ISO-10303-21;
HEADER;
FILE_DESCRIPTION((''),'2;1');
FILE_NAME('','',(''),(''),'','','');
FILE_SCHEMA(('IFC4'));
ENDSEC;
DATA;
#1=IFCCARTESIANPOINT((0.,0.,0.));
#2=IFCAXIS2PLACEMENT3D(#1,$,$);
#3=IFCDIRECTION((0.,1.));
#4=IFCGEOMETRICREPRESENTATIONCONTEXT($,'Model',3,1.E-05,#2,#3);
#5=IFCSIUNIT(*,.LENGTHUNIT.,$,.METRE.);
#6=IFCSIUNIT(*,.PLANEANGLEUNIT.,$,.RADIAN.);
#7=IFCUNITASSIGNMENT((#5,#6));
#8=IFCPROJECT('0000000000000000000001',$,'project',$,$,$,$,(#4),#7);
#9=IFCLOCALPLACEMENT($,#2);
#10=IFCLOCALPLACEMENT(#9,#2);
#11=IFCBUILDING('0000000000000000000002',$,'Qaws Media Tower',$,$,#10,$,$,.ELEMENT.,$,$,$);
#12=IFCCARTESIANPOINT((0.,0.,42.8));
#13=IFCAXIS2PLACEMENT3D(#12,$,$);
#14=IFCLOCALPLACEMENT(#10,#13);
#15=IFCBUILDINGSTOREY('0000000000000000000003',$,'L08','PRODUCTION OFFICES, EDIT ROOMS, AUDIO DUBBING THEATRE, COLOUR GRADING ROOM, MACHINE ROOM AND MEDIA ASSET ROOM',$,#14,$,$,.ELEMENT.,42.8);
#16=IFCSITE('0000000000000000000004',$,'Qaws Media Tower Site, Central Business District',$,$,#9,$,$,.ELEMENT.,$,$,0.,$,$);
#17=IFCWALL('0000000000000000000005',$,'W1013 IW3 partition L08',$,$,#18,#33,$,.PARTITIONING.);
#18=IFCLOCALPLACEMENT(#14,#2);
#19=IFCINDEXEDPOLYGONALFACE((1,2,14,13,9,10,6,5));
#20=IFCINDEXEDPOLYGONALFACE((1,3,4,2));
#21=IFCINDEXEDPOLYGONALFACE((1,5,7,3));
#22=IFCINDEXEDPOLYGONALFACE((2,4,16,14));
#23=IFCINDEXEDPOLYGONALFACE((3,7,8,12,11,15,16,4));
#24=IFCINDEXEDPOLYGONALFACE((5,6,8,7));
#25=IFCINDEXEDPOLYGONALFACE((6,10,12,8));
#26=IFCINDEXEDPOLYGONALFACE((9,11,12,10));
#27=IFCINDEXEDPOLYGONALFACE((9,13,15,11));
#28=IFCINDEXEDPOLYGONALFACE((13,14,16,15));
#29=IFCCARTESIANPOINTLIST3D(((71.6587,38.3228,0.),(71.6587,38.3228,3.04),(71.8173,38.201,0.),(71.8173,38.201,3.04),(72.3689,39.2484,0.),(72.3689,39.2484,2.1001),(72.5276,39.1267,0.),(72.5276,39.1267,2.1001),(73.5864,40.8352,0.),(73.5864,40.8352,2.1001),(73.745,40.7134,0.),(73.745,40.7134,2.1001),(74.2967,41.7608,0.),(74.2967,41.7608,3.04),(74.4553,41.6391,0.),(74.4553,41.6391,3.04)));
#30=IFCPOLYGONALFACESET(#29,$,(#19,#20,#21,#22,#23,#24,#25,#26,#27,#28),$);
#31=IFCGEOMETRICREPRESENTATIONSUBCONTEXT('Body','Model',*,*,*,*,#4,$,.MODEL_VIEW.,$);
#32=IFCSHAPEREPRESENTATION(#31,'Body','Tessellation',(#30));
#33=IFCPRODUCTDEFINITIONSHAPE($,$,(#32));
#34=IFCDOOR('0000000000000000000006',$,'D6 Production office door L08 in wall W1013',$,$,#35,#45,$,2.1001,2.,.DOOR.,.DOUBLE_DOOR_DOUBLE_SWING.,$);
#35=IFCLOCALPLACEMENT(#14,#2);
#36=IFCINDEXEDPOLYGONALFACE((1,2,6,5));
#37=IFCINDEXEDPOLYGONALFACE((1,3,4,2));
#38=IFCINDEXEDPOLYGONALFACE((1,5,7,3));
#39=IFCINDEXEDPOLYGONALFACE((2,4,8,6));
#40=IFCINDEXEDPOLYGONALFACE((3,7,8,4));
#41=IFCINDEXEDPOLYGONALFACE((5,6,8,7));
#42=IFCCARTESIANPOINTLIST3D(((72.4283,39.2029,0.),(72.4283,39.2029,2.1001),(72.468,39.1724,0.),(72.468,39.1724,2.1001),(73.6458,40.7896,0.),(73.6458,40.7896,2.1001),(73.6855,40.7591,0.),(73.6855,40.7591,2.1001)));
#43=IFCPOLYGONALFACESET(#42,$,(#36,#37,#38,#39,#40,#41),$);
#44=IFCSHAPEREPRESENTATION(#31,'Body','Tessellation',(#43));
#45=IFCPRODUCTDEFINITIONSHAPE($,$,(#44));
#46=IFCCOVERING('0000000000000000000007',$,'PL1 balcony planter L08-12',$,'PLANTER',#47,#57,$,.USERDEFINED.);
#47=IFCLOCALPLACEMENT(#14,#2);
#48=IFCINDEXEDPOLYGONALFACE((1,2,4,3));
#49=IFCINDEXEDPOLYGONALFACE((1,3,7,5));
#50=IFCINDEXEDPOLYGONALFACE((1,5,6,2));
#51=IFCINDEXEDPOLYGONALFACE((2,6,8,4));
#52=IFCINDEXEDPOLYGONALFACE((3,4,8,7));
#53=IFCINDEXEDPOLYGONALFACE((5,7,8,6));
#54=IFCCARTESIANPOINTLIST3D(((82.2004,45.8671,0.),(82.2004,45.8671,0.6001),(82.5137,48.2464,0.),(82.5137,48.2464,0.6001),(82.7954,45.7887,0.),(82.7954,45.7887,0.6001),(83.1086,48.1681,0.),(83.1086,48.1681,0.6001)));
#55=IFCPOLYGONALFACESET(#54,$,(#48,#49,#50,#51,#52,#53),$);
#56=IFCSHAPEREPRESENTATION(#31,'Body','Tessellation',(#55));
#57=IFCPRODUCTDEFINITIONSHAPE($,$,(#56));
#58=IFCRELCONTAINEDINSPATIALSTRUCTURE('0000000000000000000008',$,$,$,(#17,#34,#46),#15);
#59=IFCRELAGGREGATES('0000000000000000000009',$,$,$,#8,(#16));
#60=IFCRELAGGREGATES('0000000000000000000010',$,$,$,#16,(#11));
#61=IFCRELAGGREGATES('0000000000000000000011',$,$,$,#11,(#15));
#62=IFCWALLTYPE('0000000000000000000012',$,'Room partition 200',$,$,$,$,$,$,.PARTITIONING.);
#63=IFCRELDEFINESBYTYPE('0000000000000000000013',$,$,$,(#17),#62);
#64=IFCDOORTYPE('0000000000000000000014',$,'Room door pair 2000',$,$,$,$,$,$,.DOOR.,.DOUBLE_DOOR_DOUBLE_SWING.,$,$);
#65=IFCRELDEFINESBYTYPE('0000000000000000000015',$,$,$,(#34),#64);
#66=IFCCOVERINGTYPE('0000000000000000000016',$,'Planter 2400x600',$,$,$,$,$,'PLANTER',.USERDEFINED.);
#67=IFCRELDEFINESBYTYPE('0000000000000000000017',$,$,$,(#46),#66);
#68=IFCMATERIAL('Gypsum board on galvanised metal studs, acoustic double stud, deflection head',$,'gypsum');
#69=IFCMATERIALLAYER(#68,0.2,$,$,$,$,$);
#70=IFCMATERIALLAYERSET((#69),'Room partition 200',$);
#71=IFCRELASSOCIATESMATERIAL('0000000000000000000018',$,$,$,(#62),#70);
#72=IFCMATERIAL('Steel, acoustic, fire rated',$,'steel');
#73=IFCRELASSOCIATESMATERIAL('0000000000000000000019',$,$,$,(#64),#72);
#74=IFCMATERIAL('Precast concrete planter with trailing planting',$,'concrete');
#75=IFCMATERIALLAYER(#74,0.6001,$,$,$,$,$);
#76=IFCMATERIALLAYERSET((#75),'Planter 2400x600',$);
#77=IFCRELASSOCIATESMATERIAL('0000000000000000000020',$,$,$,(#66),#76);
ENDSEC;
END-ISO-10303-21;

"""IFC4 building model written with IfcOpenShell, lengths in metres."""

from ifc_helpers import new_model, si_unit, direction, frame, frame_2d, origin, origin_2d, place, context, subcontext, project, spatial, rectangle, extrude, material, layer, layer_set, type_object, element, fill, save


model = new_model("IFC4")

# Units and contexts
model_context = context("Model", 3, precision=1e-05, world=origin(), true_north=direction((0.0, 1.0)))
body_context = subcontext(model_context, "Body", "Model", "MODEL_VIEW")
ifc_project = project(units=[si_unit("LENGTHUNIT", "METRE"), si_unit("PLANEANGLEUNIT", "RADIAN")], contexts=[model_context])

# Site, building, storey
site_placement = place(None, origin())
site = spatial("IfcSite", under=ifc_project, at=site_placement, Name="Qaws Media Tower Site, Central Business District", CompositionType="ELEMENT", RefElevation=0.0)
building_placement = place(site_placement, origin())
building = spatial("IfcBuilding", under=site, at=building_placement, Name="Qaws Media Tower", CompositionType="ELEMENT")
storey_placement = place(building_placement, frame((0.0, 0.0, 42.8)))
storey = spatial("IfcBuildingStorey", under=building, at=storey_placement, Name="L08", Description="PRODUCTION OFFICES, EDIT ROOMS, AUDIO DUBBING THEATRE, COLOUR GRADING ROOM, MACHINE ROOM AND MEDIA ASSET ROOM", CompositionType="ELEMENT", Elevation=42.8)

# Shared definitions
ifc_material_1 = material(Name="Gypsum board on galvanised metal studs, acoustic double stud, deflection head", Category="gypsum")
ifc_layer_1 = layer(ifc_material_1, 0.2)
ifc_layer_set_1 = layer_set([ifc_layer_1], Name="Room partition 200")
wall_type_1 = type_object("IfcWallType", Name="Room partition 200", PredefinedType="PARTITIONING", material=ifc_layer_set_1)

# Wall, opening, door
wall_1_placement = place(storey_placement, frame((74.376, 41.7, 0.0), z_axis=(0.0, 0.0, 1.0), x_axis=(-0.608744, -0.793367, 0.0)))
wall_1 = element("IfcWall", 1, at=wall_1_placement, inside=storey, type_object=wall_type_1, Name="W1013 IW3 partition L08", PredefinedType="PARTITIONING", context=body_context, shape_type="SweptSolid", body=[
    extrude(rectangle(XDim=4.3335, YDim=0.2, at=frame_2d((2.1667, 0.0))), origin(), (0.0, 0.0, 1.0), 3.04),
])
opening_placement = place(wall_1_placement, frame((1.1667, 0.0, 0.0)))
opening = element("IfcOpeningElement", 2, at=opening_placement, cuts=wall_1, PredefinedType="OPENING", context=body_context, shape_type="SweptSolid", body=[
    extrude(rectangle(XDim=2.0, YDim=2.1001, at=frame_2d((1.0, 1.05))), frame((0.0, 0.1099, 0.0), z_axis=(0.0, -1.0, 0.0), x_axis=(1.0, 0.0, 0.0)), (0.0, 0.0, 1.0), 0.22),
])
ifc_material_2 = material(Name="Steel, acoustic, fire rated", Category="steel")
door_type = type_object("IfcDoorType", Name="Room door pair 2000", OperationType="DOUBLE_DOOR_DOUBLE_SWING", PredefinedType="DOOR", material=ifc_material_2)
door_placement = place(opening_placement, origin())
door = element("IfcDoor", 3, at=door_placement, inside=storey, type_object=door_type, Name="D6 Production office door L08 in wall W1013", OperationType="DOUBLE_DOOR_DOUBLE_SWING", OverallHeight=2.1001, OverallWidth=2.0, PredefinedType="DOOR", context=body_context, shape_type="SweptSolid", body=[
    extrude(rectangle(XDim=2.0, YDim=2.1001, at=frame_2d((1.0, 1.05))), frame((0.0, 0.0249, 0.0), z_axis=(0.0, -1.0, 0.0), x_axis=(1.0, 0.0, 0.0)), (0.0, 0.0, 1.0), 0.05),
])
fill(opening, door)

# Covering
ifc_material_3 = material(Name="Precast concrete planter with trailing planting", Category="concrete")
ifc_layer_2 = layer(ifc_material_3, 0.6001)
ifc_layer_set_2 = layer_set([ifc_layer_2], Name="Planter 2400x600")
covering_type = type_object("IfcCoveringType", Name="Planter 2400x600", ElementType="PLANTER", PredefinedType="USERDEFINED", material=ifc_layer_set_2)
covering_placement = place(storey_placement, frame((82.6545, 47.0176, 0.0), z_axis=(0.0, 0.0, 1.0), x_axis=(0.130526, 0.991445, 0.0)))
element("IfcCovering", 4, at=covering_placement, inside=storey, type_object=covering_type, Name="PL1 balcony planter L08-12", ObjectType="PLANTER", PredefinedType="USERDEFINED", context=body_context, shape_type="SweptSolid", body=[
    extrude(rectangle(XDim=2.3999, YDim=0.6001, at=origin_2d()), origin(), (0.0, 0.0, 1.0), 0.6001),
])

save(model, "model.ifc")
